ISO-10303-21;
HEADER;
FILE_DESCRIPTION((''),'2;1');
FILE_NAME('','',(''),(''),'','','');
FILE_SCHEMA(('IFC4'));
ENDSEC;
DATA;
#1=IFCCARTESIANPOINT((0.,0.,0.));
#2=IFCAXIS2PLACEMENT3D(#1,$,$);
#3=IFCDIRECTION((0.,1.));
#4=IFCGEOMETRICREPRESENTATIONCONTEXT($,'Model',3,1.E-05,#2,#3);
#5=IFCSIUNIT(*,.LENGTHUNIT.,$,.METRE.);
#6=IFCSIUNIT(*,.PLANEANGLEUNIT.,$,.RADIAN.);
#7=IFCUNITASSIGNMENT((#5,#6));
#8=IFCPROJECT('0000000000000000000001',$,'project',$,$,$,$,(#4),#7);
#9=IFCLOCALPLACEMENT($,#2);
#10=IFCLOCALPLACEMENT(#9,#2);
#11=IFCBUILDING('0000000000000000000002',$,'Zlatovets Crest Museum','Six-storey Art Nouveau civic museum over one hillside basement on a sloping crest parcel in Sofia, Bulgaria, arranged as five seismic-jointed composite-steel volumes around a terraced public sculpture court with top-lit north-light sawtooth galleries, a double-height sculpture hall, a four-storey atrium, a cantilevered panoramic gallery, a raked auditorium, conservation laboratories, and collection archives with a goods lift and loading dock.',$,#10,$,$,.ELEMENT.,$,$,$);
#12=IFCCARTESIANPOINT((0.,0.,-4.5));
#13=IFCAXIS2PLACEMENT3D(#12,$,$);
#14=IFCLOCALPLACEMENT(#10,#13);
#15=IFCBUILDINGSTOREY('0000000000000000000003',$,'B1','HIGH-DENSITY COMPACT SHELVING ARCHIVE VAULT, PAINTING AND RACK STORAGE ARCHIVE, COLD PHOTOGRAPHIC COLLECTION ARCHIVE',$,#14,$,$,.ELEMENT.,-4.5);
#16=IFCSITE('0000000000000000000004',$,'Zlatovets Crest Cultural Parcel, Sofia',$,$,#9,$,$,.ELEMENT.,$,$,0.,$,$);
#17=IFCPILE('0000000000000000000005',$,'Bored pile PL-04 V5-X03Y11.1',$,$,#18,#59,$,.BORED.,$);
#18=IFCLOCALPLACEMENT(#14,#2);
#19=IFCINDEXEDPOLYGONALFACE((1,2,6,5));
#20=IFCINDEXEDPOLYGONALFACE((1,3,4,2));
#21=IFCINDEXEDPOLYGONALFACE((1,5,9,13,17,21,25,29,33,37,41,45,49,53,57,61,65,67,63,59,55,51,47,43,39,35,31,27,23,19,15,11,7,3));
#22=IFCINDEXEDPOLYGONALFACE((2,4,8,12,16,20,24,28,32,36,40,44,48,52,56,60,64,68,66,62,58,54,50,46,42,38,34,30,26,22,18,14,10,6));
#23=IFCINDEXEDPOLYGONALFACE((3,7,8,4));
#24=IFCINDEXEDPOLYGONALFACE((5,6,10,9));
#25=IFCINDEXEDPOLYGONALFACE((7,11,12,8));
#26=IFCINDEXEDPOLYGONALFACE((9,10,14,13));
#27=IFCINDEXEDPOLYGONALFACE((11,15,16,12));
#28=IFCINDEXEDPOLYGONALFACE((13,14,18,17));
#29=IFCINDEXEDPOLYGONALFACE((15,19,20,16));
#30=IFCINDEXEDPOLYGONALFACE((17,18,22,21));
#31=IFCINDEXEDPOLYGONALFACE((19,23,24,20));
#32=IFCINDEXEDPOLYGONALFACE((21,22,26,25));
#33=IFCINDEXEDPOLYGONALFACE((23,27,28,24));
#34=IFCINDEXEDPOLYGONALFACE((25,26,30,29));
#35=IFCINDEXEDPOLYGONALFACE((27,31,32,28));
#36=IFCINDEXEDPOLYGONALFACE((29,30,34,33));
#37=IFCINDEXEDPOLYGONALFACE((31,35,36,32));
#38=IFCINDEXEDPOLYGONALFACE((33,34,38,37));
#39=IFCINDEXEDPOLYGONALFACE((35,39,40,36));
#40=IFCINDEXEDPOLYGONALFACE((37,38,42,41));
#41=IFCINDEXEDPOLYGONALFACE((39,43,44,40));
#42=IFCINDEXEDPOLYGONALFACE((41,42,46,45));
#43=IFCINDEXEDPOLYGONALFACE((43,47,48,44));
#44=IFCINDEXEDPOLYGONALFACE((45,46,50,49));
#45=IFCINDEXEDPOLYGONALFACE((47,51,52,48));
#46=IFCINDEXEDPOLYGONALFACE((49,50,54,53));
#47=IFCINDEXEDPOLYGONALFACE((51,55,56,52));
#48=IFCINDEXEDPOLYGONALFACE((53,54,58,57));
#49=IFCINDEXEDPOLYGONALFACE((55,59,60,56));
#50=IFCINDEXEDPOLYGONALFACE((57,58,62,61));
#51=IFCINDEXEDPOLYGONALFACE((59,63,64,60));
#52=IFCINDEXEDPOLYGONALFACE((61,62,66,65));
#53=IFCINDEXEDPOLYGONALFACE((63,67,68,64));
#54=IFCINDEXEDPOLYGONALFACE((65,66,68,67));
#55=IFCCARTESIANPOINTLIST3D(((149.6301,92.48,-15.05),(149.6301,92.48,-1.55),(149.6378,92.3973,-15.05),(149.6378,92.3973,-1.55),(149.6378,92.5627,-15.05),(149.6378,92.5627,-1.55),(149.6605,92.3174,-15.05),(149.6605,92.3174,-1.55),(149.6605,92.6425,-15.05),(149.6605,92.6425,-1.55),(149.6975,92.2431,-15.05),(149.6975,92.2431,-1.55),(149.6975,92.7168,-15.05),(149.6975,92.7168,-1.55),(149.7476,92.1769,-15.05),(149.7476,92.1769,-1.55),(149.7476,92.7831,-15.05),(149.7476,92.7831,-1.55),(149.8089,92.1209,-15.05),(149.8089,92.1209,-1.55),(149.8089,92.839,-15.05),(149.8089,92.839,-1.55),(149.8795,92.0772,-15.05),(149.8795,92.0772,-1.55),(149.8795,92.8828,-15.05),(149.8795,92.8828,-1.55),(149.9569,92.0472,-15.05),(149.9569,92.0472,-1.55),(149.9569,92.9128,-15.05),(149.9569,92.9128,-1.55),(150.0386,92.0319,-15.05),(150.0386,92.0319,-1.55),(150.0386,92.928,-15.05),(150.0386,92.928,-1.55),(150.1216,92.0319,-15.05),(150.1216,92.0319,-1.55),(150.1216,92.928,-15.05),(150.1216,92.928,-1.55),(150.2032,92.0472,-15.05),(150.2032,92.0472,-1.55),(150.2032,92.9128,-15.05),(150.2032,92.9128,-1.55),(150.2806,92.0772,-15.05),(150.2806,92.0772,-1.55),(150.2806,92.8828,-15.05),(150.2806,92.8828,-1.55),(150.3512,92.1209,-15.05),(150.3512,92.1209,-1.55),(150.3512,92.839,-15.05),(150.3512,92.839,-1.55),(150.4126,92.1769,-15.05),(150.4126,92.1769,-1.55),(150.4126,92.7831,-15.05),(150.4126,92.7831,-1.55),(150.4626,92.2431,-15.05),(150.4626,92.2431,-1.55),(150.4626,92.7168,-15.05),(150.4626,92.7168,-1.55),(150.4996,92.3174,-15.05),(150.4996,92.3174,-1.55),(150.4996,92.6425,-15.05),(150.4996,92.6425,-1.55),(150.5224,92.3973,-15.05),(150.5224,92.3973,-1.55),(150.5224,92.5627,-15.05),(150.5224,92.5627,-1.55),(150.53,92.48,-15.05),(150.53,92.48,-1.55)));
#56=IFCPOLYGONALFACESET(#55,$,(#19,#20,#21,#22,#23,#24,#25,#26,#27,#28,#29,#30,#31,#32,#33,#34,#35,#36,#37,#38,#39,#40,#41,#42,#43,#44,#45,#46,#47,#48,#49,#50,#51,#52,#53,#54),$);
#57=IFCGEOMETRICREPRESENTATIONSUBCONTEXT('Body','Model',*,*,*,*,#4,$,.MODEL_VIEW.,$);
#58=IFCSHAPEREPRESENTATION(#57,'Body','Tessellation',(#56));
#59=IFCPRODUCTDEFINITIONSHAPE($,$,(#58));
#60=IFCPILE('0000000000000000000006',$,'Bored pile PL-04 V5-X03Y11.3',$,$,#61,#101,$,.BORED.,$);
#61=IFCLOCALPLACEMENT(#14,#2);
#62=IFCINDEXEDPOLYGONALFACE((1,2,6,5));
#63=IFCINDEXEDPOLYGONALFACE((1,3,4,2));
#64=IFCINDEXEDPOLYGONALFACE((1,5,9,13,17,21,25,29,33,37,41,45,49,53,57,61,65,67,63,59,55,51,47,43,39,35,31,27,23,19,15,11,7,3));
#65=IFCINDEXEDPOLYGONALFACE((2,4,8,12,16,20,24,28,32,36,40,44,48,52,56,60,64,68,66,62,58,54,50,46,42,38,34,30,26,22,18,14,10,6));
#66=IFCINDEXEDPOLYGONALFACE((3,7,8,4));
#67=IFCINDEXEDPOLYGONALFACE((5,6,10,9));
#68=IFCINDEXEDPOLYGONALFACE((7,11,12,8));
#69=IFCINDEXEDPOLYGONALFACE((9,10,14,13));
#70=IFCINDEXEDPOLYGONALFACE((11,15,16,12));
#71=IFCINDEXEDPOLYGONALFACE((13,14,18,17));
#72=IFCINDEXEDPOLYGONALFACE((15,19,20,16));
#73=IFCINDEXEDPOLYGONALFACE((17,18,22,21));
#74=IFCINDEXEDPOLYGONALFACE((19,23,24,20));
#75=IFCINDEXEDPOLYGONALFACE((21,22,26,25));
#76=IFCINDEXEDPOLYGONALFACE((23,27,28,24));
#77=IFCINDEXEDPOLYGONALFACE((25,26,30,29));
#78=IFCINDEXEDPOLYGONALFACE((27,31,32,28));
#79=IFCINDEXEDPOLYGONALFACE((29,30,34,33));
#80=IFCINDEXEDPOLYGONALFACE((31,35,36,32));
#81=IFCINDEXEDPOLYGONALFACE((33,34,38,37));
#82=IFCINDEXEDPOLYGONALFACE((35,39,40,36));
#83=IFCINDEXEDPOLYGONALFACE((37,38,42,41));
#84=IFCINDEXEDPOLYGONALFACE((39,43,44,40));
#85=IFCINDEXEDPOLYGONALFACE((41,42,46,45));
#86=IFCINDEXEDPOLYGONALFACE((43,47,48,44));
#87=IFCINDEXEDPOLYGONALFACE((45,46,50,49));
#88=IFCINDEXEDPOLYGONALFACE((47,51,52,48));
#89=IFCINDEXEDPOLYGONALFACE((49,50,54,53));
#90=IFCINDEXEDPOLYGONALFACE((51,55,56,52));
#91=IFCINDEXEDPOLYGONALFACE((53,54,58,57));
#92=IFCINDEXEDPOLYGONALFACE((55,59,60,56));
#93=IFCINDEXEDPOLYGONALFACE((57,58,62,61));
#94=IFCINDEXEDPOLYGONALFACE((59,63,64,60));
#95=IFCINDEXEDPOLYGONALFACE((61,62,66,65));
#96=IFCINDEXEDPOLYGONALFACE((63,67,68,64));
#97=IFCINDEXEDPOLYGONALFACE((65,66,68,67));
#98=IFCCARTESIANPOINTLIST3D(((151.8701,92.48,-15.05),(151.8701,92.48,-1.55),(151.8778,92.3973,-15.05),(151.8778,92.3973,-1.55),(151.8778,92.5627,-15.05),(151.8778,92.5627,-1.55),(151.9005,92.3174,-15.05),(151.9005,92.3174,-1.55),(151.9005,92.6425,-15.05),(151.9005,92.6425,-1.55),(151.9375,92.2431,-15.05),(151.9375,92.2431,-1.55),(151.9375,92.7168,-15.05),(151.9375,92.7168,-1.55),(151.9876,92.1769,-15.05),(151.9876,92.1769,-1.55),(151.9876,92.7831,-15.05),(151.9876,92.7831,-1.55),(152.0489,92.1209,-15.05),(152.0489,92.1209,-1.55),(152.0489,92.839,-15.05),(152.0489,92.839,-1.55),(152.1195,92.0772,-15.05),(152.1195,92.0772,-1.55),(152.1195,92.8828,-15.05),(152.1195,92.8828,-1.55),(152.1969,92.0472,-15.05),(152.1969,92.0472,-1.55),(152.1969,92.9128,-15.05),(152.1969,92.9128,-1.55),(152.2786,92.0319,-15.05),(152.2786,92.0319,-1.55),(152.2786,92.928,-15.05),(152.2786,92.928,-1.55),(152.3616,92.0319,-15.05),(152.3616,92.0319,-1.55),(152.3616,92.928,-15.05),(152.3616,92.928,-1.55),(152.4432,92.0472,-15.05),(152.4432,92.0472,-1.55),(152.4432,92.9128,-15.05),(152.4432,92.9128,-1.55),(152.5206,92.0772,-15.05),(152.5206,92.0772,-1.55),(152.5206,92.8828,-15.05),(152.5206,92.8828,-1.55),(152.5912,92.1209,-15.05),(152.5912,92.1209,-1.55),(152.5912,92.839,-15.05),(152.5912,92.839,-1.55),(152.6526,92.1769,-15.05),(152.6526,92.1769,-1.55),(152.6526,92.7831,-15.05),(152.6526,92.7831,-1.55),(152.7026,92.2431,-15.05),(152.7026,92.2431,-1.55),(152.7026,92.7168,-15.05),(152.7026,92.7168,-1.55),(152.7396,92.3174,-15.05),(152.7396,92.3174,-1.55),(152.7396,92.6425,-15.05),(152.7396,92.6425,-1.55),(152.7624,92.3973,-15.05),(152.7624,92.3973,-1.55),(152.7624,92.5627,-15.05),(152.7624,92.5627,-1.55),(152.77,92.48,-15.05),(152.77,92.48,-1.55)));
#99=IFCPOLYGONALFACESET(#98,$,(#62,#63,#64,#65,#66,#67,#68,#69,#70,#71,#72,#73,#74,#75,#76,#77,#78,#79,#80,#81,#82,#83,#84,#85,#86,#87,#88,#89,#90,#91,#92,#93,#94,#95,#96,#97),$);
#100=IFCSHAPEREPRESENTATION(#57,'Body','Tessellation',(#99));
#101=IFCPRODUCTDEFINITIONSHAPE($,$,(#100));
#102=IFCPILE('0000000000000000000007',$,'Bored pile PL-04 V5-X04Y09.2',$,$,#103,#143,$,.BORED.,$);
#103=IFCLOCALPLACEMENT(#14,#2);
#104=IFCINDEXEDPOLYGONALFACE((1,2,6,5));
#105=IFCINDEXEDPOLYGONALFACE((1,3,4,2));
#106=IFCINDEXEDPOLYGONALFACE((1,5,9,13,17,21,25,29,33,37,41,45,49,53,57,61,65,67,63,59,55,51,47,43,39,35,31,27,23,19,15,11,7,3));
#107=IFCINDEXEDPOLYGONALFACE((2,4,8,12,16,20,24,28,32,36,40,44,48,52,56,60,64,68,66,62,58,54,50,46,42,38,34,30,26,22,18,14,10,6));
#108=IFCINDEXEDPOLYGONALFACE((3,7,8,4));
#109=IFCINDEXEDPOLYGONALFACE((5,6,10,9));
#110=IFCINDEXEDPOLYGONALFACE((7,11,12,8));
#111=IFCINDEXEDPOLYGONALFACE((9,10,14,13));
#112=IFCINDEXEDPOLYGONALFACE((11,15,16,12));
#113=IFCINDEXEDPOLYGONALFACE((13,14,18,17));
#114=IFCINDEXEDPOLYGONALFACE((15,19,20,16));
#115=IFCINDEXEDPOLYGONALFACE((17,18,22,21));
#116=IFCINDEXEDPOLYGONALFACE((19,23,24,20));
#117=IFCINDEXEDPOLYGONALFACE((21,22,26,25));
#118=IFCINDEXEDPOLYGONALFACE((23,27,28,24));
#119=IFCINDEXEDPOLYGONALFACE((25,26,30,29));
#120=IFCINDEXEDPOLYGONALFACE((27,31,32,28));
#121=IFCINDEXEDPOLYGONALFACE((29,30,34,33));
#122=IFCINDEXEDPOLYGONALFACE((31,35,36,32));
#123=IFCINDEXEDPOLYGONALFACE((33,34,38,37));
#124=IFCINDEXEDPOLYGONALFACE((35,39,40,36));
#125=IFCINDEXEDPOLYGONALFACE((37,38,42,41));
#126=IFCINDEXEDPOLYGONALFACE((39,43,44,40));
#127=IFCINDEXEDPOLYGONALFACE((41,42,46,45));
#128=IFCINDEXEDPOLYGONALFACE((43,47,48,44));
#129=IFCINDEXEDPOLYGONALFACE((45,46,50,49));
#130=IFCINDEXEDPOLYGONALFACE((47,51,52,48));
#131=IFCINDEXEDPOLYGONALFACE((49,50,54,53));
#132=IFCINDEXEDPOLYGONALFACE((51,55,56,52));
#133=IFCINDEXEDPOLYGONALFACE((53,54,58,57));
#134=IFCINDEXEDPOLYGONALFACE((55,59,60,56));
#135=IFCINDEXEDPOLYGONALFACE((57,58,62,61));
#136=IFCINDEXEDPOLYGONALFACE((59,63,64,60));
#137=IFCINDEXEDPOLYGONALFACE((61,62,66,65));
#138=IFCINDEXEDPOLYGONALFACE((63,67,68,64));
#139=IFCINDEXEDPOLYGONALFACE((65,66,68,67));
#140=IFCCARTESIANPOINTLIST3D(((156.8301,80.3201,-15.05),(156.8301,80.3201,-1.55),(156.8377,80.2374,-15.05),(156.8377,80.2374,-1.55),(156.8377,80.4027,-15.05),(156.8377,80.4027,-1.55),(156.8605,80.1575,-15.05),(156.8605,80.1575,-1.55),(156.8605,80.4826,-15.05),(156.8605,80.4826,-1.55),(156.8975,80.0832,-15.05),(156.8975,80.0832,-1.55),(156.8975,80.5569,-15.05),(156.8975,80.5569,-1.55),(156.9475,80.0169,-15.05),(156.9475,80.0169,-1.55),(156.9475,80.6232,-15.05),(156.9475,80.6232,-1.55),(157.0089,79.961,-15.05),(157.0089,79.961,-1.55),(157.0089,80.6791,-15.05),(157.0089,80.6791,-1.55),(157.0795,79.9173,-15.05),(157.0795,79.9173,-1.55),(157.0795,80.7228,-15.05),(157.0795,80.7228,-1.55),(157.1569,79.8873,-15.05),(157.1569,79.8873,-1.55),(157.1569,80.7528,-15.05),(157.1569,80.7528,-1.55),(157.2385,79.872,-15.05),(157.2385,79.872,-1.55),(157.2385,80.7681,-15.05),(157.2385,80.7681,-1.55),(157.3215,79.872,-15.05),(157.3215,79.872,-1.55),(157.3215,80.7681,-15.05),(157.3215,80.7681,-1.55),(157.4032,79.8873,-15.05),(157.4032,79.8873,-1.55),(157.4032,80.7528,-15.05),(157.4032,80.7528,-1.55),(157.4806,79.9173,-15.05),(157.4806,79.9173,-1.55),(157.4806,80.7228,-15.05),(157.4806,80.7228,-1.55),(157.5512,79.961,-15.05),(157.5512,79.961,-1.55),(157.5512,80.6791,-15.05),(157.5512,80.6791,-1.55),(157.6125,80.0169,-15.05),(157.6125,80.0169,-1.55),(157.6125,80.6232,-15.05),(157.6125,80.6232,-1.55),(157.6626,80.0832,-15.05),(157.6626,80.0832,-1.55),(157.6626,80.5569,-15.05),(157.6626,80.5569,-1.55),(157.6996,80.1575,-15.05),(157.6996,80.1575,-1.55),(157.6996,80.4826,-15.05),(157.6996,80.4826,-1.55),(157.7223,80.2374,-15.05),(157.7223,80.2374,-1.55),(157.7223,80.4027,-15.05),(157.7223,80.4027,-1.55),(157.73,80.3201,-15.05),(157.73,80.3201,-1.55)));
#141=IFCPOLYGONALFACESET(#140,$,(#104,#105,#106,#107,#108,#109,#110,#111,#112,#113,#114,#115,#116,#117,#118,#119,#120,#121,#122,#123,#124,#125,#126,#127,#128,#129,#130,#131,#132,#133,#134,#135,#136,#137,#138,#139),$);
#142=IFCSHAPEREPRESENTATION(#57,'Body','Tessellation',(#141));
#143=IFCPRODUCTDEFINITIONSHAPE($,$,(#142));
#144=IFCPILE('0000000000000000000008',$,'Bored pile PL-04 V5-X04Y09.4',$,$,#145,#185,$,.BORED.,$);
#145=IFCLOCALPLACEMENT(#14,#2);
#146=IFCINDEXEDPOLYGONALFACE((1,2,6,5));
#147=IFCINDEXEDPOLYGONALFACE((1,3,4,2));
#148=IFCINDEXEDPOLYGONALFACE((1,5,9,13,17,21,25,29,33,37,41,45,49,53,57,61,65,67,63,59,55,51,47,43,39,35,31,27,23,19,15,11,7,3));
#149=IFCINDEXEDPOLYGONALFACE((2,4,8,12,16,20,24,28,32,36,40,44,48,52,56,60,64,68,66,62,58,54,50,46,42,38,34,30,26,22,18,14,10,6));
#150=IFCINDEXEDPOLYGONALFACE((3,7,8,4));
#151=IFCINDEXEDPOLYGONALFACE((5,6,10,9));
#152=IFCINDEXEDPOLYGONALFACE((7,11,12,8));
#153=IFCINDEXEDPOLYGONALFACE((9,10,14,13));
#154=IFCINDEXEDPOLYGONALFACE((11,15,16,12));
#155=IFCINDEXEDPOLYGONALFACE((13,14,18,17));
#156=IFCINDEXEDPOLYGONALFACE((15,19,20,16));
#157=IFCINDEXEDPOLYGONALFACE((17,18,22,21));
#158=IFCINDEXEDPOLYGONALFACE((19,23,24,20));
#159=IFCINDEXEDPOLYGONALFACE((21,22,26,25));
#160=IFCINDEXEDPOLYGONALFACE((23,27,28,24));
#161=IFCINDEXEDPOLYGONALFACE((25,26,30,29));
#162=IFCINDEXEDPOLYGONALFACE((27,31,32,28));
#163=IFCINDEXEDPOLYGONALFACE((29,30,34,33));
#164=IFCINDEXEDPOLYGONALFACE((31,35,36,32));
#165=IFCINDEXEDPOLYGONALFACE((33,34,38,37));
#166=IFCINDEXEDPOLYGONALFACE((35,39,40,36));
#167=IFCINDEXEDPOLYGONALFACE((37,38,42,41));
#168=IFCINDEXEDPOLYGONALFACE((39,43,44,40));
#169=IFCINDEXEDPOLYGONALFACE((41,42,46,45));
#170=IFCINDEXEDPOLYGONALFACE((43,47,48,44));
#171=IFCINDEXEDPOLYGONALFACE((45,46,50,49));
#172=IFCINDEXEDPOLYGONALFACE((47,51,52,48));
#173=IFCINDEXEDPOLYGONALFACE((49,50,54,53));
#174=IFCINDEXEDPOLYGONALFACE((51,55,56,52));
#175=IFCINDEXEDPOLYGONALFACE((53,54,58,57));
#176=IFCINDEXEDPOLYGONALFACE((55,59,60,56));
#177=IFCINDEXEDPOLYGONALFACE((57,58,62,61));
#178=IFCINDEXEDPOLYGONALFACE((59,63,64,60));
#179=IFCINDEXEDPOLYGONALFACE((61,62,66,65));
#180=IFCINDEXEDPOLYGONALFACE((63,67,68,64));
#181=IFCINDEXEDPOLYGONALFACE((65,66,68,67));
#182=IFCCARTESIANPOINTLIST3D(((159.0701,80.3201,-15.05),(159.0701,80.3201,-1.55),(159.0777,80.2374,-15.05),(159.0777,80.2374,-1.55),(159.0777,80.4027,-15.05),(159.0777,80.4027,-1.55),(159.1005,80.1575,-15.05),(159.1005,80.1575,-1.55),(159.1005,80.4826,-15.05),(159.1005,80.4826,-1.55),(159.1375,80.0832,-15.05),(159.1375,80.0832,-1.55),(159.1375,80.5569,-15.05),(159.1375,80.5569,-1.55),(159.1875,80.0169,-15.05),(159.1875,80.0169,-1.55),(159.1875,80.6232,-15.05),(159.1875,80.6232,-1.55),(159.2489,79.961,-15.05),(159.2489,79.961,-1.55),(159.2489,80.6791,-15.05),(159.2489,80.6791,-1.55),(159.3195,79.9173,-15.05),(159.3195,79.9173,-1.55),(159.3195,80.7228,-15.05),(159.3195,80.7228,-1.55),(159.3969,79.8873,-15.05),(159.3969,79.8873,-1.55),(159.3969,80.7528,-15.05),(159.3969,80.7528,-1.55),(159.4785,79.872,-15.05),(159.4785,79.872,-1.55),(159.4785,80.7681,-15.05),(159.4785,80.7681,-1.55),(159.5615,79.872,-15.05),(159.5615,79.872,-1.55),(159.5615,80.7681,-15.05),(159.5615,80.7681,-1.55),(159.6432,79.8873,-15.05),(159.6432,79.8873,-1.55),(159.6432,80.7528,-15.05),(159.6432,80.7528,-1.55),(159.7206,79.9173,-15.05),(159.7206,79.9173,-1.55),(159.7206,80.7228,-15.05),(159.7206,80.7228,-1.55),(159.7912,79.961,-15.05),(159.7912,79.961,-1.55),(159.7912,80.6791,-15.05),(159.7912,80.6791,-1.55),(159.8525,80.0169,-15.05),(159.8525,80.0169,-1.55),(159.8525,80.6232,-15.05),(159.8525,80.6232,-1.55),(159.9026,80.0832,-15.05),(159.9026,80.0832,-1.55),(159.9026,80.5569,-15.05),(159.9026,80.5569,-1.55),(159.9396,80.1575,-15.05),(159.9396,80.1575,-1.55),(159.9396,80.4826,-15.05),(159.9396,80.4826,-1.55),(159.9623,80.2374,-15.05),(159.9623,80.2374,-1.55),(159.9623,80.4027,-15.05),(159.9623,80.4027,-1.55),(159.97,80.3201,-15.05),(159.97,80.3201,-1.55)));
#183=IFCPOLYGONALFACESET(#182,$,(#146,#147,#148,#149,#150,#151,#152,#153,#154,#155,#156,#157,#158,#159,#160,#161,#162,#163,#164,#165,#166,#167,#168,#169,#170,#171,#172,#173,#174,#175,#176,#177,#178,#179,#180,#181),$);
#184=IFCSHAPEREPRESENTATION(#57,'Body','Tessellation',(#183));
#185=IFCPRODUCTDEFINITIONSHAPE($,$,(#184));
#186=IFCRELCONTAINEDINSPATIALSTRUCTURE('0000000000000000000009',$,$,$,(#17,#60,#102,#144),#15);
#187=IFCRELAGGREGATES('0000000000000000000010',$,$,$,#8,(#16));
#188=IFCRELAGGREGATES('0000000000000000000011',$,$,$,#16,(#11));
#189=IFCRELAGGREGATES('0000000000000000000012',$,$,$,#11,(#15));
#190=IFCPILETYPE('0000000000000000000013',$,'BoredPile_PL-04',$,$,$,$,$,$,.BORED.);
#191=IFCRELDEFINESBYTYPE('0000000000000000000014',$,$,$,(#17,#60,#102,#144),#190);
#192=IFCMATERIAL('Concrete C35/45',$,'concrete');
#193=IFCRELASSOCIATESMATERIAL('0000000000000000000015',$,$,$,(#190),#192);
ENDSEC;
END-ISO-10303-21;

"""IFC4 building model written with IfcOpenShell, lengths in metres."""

from ifc_helpers import new_model, si_unit, direction, frame, origin, origin_2d, place, context, subcontext, project, spatial, circle, extrude, material, material_profile, profile_set, type_object, element, save


model = new_model("IFC4")

# Units and contexts
model_context = context("Model", 3, precision=1e-05, world=origin(), true_north=direction((0.0, 1.0)))
body_context = subcontext(model_context, "Body", "Model", "MODEL_VIEW")
ifc_project = project(units=[si_unit("LENGTHUNIT", "METRE"), si_unit("PLANEANGLEUNIT", "RADIAN")], contexts=[model_context])

# Site, building, storey
site_placement = place(None, origin())
site = spatial("IfcSite", under=ifc_project, at=site_placement, Name="Zlatovets Crest Cultural Parcel, Sofia", CompositionType="ELEMENT", RefElevation=0.0)
building_placement = place(site_placement, origin())
building = spatial("IfcBuilding", under=site, at=building_placement, Name="Zlatovets Crest Museum", Description="Six-storey Art Nouveau civic museum over one hillside basement on a sloping crest parcel in Sofia, Bulgaria, arranged as five seismic-jointed composite-steel volumes around a terraced public sculpture court with top-lit north-light sawtooth galleries, a double-height sculpture hall, a four-storey atrium, a cantilevered panoramic gallery, a raked auditorium, conservation laboratories, and collection archives with a goods lift and loading dock.", CompositionType="ELEMENT")
storey_placement = place(building_placement, frame((0.0, 0.0, -4.5)))
storey = spatial("IfcBuildingStorey", under=building, at=storey_placement, Name="B1", Description="HIGH-DENSITY COMPACT SHELVING ARCHIVE VAULT, PAINTING AND RACK STORAGE ARCHIVE, COLD PHOTOGRAPHIC COLLECTION ARCHIVE", CompositionType="ELEMENT", Elevation=-4.5)

# Piles
ifc_material = material(Name="Concrete C35/45", Category="concrete")
ifc_material_profile_1 = material_profile(ifc_material, circle(Radius=0.45, at=origin_2d()), Name="PILE D900")
ifc_profile_set_1 = profile_set([ifc_material_profile_1], Name="Concrete C35/45")
pile_type = type_object("IfcPileType", Name="BoredPile_PL-04", PredefinedType="BORED", material=ifc_profile_set_1)
for number, where, z_axis, x_axis, name in (
    (1, (150.0801, 92.48, -1.55), (0.0, 0.0, -1.0), (1.0, 0.0, 0.0), "Bored pile PL-04 V5-X03Y11.1"),
    (2, (152.3201, 92.48, -1.55), (0.0, 0.0, -1.0), (1.0, 0.0, 0.0), "Bored pile PL-04 V5-X03Y11.3"),
    (3, (157.28, 80.3201, -1.55), (0.0, 0.0, -1.0), (1.0, 0.0, 0.0), "Bored pile PL-04 V5-X04Y09.2"),
    (4, (159.52, 80.3201, -1.55), (0.0, 0.0, -1.0), (1.0, 0.0, 0.0), "Bored pile PL-04 V5-X04Y09.4"),
):
    element("IfcPile", number, at=place(storey_placement, frame(where, z_axis=z_axis, x_axis=x_axis)), inside=storey, type_object=pile_type, Name=name, PredefinedType="BORED", context=body_context, shape_type="SweptSolid", body=[
        extrude(circle(Radius=0.45, at=origin_2d()), origin(), (0.0, 0.0, 1.0), 13.5),
    ])

save(model, "model.ifc")
